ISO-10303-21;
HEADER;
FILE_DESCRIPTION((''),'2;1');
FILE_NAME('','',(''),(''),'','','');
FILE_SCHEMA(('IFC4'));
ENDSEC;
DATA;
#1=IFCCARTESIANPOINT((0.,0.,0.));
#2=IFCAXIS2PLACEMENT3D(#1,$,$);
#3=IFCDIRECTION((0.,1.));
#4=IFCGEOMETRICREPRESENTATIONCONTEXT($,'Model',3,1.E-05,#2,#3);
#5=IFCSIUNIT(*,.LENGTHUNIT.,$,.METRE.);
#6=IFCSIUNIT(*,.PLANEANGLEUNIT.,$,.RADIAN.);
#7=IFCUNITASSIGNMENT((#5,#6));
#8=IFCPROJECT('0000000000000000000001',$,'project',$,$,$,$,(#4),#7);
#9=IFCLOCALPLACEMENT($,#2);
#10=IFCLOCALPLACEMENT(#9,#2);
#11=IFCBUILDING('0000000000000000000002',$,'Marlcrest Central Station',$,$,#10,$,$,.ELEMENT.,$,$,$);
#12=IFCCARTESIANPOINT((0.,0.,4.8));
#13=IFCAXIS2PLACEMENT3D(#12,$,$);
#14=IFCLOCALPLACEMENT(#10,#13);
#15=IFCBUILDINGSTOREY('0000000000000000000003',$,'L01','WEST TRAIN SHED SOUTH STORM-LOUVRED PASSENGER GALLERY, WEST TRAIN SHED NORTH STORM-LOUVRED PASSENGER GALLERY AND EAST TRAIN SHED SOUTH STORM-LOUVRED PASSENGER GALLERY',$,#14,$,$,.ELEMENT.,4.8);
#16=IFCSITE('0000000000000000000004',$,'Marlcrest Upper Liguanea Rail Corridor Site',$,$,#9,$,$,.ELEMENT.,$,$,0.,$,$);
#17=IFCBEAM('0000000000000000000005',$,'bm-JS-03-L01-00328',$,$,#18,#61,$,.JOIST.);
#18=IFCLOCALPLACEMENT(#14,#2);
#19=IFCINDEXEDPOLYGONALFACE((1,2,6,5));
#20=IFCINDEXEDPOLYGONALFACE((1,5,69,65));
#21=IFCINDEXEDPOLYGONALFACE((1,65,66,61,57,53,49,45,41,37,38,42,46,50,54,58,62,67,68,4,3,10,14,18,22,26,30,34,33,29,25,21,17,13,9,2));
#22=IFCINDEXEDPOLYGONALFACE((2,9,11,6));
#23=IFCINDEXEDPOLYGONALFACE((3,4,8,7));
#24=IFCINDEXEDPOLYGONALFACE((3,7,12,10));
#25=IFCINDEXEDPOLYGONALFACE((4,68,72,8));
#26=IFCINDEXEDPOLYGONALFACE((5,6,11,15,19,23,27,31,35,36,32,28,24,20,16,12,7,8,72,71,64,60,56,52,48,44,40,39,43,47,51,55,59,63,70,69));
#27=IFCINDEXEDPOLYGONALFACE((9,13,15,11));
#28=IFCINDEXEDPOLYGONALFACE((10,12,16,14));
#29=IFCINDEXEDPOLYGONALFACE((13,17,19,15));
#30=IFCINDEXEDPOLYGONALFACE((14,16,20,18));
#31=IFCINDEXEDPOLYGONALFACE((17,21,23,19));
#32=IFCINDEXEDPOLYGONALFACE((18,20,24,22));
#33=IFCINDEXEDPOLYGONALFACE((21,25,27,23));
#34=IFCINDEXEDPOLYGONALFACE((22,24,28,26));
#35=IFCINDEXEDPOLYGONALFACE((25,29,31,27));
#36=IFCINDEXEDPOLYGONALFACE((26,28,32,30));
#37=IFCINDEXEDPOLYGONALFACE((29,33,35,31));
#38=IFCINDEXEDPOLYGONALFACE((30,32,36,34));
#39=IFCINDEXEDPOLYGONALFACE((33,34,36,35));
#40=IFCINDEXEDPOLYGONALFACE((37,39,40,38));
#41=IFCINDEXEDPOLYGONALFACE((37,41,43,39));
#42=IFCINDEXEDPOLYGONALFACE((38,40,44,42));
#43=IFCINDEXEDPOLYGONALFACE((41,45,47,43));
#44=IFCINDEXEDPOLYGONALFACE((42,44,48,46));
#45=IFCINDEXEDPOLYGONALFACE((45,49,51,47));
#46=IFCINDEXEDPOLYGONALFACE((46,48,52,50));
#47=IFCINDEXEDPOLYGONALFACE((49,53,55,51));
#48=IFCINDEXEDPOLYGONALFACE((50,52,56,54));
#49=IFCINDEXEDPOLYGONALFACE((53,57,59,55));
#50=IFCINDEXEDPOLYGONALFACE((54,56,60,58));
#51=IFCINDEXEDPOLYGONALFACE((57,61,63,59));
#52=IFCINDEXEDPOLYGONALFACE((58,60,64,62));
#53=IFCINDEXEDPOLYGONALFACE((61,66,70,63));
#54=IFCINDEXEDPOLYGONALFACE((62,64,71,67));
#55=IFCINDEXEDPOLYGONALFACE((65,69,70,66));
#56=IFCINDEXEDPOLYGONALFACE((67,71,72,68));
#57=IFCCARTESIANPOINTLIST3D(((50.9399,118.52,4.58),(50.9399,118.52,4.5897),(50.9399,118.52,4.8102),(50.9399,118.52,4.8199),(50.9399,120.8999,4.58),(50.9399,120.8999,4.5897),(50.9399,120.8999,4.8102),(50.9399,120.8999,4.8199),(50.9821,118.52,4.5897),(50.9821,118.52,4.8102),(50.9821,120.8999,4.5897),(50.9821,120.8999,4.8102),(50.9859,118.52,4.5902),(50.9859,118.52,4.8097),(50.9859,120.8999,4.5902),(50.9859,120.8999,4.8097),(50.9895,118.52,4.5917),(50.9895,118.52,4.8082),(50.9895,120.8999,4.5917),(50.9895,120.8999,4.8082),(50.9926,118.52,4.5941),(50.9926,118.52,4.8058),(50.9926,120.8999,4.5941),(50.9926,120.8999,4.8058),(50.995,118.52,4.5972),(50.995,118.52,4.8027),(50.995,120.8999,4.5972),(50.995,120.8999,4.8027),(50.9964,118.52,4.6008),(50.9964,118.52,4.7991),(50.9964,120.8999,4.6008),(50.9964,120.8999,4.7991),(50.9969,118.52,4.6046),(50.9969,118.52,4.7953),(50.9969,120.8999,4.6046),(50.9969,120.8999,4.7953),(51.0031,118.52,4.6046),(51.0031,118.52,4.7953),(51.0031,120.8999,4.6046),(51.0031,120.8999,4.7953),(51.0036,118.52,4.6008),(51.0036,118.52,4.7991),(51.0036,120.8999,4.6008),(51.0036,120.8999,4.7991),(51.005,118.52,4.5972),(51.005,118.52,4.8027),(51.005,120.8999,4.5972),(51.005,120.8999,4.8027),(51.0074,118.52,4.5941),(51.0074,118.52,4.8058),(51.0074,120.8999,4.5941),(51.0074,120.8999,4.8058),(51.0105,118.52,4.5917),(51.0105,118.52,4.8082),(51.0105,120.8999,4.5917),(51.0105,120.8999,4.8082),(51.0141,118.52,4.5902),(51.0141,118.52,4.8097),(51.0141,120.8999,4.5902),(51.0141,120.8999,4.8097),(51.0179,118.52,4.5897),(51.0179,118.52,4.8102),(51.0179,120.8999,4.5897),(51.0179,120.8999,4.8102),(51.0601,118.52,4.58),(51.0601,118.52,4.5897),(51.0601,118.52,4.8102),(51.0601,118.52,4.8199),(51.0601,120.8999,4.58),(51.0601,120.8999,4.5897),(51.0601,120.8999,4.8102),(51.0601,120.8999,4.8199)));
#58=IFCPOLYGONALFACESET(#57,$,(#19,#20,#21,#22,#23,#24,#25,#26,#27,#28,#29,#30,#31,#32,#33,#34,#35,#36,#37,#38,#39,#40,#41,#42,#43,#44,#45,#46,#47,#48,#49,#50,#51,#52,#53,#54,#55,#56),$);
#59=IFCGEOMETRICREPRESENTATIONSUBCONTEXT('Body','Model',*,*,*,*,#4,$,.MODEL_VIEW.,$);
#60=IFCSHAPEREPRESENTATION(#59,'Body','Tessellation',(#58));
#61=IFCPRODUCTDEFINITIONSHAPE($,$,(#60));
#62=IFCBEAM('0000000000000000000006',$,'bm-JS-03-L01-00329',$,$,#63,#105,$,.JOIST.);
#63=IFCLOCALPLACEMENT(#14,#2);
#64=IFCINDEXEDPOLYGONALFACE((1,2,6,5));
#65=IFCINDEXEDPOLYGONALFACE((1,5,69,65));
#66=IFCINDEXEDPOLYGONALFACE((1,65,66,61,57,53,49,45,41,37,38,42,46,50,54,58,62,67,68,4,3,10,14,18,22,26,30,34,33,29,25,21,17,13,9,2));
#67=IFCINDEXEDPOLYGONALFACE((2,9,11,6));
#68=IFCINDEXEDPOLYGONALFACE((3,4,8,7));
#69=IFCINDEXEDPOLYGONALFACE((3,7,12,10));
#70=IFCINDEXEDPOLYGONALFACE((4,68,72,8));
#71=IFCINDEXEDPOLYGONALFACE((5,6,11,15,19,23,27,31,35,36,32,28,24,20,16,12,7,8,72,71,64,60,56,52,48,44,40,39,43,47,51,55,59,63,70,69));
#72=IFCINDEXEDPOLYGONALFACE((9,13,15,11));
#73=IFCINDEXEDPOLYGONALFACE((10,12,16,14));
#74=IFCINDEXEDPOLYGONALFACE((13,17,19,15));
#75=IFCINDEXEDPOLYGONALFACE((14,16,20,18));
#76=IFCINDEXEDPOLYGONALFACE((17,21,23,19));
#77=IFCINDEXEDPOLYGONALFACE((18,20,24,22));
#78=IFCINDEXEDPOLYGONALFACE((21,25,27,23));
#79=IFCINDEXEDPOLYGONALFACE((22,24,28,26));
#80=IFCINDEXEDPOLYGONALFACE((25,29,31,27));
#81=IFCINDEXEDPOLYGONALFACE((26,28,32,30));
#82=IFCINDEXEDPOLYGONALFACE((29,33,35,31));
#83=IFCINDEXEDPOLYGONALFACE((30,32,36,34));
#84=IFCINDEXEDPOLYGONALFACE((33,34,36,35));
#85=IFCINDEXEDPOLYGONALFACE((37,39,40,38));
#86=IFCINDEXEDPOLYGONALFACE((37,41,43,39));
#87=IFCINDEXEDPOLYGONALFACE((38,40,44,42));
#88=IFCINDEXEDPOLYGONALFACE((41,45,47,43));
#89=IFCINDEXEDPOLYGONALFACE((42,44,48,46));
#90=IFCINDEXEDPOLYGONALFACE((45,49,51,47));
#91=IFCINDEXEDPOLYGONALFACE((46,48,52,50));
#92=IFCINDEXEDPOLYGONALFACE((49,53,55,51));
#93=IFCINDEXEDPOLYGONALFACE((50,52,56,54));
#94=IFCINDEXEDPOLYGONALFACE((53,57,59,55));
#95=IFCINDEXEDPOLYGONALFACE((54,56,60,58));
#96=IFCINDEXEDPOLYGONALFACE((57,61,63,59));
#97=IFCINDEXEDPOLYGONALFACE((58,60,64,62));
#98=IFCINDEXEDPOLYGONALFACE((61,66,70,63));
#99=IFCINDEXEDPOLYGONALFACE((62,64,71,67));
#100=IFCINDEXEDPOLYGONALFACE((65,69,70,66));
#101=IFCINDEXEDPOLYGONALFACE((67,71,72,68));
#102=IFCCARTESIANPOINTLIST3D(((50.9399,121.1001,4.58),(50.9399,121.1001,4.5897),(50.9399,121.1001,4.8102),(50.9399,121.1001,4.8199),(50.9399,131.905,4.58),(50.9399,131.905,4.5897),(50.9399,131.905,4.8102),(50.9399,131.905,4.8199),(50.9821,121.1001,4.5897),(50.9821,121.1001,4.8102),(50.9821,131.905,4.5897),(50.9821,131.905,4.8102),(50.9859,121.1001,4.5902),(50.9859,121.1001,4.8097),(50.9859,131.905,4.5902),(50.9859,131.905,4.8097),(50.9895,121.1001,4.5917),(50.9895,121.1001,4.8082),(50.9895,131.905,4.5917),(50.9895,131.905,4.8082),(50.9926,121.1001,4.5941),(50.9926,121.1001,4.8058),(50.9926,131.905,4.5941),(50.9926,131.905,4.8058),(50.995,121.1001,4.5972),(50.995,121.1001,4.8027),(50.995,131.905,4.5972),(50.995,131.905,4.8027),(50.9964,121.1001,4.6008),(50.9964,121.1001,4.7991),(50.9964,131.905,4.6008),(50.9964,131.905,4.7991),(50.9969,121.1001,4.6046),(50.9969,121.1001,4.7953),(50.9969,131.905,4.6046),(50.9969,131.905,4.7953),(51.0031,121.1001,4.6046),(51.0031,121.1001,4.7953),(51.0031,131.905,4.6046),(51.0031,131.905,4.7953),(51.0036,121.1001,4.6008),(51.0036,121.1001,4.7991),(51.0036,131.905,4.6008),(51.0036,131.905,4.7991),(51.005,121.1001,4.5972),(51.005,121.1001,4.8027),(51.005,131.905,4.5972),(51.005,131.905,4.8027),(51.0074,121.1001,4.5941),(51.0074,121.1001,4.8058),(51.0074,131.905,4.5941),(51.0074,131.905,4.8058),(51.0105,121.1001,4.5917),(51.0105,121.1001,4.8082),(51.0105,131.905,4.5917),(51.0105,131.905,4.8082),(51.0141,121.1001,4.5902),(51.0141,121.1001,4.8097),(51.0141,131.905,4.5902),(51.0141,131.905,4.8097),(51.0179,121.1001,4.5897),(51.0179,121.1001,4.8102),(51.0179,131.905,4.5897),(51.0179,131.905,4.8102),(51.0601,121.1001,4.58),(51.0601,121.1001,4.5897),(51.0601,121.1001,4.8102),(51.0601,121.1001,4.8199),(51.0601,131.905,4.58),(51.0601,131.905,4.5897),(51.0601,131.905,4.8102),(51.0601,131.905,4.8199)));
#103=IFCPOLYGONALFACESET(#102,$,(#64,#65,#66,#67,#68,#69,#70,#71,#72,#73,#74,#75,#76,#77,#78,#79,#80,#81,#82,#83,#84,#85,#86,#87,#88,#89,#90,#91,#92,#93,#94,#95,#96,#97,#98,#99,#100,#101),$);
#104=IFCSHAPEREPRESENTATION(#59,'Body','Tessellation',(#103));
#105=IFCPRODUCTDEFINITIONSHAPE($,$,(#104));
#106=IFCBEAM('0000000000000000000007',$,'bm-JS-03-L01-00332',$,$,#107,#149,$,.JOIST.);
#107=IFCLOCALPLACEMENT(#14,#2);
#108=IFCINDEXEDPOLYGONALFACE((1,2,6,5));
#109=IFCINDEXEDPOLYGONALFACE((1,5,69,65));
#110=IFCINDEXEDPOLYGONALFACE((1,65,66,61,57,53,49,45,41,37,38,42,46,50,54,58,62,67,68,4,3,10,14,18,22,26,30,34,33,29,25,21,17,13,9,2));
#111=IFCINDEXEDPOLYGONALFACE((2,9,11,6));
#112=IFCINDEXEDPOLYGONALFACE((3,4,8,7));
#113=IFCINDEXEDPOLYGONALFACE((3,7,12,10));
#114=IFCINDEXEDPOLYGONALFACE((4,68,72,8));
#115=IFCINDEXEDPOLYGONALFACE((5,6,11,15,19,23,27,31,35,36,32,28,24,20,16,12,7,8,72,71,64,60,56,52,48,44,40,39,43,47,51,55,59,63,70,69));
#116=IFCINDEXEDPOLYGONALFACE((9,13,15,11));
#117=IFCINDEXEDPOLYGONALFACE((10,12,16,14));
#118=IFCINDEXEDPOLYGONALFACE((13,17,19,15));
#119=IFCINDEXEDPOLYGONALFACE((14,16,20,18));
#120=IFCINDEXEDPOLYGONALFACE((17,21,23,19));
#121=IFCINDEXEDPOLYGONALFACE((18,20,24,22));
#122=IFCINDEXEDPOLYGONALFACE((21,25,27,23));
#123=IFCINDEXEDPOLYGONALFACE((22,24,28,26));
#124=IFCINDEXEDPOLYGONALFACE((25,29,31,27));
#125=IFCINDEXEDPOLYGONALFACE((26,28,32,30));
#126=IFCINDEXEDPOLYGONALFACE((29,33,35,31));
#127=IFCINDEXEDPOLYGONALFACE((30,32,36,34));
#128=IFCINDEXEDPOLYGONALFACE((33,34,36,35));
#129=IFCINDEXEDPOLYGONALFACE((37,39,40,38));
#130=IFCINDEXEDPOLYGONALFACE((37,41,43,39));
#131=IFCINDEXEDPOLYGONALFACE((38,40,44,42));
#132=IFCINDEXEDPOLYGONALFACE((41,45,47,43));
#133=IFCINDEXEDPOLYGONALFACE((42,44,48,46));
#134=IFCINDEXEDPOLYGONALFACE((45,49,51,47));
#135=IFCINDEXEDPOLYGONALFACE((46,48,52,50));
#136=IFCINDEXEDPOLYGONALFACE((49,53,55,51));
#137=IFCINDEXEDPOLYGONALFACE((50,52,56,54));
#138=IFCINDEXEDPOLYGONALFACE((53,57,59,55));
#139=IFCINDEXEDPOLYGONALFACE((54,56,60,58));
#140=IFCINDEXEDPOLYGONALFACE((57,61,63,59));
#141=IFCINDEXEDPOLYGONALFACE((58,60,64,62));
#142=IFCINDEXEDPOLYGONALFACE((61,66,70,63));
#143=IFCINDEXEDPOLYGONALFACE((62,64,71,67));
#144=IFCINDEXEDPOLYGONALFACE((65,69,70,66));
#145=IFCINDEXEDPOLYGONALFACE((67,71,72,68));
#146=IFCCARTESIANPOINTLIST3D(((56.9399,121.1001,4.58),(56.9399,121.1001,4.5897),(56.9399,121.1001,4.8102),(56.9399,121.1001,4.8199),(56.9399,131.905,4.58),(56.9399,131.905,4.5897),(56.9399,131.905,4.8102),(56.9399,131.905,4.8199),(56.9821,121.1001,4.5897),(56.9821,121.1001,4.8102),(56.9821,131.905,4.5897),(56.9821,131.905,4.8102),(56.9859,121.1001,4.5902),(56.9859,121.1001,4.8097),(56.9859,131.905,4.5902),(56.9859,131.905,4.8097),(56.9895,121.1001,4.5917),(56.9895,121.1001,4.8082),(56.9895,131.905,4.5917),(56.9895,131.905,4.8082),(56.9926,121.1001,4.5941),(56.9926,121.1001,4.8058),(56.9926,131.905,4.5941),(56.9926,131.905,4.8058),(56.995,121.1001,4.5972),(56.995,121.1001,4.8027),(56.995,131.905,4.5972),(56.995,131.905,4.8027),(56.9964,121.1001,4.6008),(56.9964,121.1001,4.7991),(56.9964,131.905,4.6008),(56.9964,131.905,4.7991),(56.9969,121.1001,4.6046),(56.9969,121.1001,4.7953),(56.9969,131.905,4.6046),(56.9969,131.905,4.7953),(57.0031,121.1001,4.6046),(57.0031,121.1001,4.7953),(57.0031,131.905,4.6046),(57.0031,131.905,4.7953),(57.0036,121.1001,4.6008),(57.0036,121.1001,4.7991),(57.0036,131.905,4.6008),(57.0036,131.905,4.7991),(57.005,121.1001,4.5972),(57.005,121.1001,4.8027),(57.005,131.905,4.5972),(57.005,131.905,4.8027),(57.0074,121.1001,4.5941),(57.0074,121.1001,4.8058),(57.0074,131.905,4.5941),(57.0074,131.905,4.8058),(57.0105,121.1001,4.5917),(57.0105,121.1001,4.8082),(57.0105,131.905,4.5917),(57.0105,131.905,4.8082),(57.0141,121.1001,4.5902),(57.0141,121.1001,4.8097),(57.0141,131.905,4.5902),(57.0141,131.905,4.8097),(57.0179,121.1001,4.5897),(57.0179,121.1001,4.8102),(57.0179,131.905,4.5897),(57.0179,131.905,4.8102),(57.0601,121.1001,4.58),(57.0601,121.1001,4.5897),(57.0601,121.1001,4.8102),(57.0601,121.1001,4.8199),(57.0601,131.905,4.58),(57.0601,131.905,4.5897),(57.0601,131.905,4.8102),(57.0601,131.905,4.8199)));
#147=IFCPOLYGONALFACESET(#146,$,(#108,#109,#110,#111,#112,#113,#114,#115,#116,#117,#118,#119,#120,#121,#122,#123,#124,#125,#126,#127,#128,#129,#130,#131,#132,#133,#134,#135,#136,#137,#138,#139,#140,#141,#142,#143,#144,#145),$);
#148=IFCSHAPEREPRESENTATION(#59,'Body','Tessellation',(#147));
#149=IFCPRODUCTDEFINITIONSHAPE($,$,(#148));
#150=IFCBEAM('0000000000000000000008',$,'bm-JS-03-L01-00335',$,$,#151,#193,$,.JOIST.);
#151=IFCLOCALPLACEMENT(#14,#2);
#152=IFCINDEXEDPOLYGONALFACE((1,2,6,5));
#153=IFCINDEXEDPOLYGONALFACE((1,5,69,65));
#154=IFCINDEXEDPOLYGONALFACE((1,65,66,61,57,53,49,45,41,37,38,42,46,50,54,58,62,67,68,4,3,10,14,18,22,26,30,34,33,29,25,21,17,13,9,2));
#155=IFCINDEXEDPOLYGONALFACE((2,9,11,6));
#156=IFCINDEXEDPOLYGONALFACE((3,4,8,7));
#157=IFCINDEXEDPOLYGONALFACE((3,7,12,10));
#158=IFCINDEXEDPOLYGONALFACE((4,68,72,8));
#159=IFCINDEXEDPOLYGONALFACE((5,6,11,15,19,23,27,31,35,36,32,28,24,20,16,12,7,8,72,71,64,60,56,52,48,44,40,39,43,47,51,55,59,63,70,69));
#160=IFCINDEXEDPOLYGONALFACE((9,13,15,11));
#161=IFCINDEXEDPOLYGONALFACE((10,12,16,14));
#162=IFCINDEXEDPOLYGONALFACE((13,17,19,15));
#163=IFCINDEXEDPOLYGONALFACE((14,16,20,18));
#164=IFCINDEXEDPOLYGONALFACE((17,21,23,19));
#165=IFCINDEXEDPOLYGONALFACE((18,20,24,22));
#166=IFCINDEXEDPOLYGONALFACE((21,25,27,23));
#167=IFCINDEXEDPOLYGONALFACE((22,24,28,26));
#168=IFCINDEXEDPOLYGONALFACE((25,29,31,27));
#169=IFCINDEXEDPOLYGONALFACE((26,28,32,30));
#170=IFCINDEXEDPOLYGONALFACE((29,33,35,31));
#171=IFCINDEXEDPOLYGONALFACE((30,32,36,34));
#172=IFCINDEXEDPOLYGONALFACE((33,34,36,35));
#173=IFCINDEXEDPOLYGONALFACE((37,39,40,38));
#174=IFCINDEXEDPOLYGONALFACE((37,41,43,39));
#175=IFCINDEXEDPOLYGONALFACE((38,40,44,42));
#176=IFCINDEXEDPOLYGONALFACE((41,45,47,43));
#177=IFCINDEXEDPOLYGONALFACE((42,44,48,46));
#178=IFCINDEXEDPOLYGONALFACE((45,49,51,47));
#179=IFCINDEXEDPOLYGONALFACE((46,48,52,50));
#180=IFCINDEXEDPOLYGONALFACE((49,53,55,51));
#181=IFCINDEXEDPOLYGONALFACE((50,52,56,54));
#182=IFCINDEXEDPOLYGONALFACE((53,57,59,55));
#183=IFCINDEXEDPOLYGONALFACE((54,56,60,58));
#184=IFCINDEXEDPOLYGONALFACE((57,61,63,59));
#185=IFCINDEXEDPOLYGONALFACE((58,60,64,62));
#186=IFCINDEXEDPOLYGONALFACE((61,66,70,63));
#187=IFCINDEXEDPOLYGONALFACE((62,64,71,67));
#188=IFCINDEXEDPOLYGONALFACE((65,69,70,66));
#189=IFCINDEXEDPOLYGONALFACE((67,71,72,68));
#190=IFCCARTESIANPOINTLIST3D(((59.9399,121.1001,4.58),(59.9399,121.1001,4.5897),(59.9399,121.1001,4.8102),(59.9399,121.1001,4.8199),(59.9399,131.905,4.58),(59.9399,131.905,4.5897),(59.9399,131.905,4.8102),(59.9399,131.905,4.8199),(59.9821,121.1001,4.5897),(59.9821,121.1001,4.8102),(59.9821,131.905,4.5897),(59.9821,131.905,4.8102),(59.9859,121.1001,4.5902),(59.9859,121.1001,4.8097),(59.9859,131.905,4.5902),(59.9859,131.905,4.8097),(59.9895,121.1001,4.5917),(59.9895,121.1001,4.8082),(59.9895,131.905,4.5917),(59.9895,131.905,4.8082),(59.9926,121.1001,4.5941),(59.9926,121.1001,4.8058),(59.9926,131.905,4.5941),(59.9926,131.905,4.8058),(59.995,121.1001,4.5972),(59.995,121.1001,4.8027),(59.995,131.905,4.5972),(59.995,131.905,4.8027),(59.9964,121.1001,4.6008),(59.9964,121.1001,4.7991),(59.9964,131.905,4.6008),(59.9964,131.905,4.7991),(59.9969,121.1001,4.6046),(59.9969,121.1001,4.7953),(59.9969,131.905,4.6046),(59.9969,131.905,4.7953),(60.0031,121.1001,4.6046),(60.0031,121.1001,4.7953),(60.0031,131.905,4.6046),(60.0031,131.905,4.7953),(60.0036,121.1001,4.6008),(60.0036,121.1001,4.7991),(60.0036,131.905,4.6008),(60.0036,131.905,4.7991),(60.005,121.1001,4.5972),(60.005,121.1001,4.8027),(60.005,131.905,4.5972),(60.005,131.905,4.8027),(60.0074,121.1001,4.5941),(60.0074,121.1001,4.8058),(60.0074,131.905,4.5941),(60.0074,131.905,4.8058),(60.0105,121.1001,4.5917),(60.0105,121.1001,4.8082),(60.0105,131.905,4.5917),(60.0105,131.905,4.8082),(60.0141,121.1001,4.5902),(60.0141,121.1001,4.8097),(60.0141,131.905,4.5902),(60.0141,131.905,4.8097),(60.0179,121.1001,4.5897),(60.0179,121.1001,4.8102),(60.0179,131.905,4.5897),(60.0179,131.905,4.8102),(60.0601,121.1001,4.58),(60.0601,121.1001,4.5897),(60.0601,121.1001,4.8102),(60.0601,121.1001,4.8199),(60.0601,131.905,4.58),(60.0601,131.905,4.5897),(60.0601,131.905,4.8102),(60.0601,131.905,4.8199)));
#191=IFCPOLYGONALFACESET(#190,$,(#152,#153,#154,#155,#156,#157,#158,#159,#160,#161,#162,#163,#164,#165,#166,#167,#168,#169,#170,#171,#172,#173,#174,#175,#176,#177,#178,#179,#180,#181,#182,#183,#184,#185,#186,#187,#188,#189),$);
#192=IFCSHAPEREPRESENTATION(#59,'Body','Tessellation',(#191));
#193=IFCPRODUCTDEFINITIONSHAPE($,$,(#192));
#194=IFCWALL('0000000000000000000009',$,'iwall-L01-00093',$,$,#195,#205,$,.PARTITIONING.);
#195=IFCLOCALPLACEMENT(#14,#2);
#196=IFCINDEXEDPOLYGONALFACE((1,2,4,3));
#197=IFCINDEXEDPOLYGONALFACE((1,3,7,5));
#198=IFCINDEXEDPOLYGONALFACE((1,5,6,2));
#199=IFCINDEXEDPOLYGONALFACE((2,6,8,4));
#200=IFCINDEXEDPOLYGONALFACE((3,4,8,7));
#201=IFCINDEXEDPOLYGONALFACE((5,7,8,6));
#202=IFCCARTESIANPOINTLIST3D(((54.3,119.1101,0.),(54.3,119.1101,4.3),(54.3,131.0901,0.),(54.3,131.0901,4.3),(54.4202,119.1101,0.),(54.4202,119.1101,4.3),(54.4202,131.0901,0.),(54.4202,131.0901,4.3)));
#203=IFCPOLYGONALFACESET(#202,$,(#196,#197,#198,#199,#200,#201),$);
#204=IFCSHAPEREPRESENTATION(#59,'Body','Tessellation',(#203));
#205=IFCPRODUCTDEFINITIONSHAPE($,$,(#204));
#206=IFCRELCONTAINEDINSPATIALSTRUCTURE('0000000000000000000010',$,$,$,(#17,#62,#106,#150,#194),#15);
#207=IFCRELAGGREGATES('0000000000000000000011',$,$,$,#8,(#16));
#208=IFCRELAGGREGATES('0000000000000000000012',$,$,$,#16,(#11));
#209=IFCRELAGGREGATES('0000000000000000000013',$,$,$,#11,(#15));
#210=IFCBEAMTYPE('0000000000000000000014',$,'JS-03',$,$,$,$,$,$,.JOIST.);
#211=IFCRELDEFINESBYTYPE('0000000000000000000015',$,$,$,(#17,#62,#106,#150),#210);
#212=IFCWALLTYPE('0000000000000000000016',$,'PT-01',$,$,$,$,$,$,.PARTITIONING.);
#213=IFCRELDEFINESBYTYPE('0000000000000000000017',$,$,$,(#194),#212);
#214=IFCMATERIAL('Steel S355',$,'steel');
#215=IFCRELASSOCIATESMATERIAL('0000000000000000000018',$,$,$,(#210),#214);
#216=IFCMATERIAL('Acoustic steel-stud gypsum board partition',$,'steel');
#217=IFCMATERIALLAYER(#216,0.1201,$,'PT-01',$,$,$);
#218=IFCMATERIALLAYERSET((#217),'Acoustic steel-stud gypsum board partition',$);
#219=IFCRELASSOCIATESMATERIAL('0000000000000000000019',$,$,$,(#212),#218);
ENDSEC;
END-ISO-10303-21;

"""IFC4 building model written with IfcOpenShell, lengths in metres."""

from ifc_helpers import new_model, si_unit, direction, frame, frame_2d, origin, origin_2d, place, context, subcontext, project, spatial, rectangle, i_section, extrude, material, layer, layer_set, material_profile, profile_set, type_object, element, save


model = new_model("IFC4")

# Units and contexts
model_context = context("Model", 3, precision=1e-05, world=origin(), true_north=direction((0.0, 1.0)))
body_context = subcontext(model_context, "Body", "Model", "MODEL_VIEW")
ifc_project = project(units=[si_unit("LENGTHUNIT", "METRE"), si_unit("PLANEANGLEUNIT", "RADIAN")], contexts=[model_context])

# Site, building, storey
site_placement = place(None, origin())
site = spatial("IfcSite", under=ifc_project, at=site_placement, Name="Marlcrest Upper Liguanea Rail Corridor Site", CompositionType="ELEMENT", RefElevation=0.0)
building_placement = place(site_placement, origin())
building = spatial("IfcBuilding", under=site, at=building_placement, Name="Marlcrest Central Station", CompositionType="ELEMENT")
storey_placement = place(building_placement, frame((0.0, 0.0, 4.8)))
storey = spatial("IfcBuildingStorey", under=building, at=storey_placement, Name="L01", Description="WEST TRAIN SHED SOUTH STORM-LOUVRED PASSENGER GALLERY, WEST TRAIN SHED NORTH STORM-LOUVRED PASSENGER GALLERY AND EAST TRAIN SHED SOUTH STORM-LOUVRED PASSENGER GALLERY", CompositionType="ELEMENT", Elevation=4.8)

# Shared definitions
ifc_material_1 = material(Name="Steel S355", Category="steel")

# Beams
ifc_material_profile_1 = material_profile(ifc_material_1, i_section(OverallWidth=0.1201, OverallDepth=0.24, WebThickness=0.0061, FlangeThickness=0.0098, FilletRadius=0.0149, at=origin_2d()), Name="IPE 240")
ifc_profile_set_1 = profile_set([ifc_material_profile_1], Name="Steel S355")
beam_type_1 = type_object("IfcBeamType", Name="JS-03", PredefinedType="JOIST", material=ifc_profile_set_1)
beam_1_placement = place(storey_placement, frame((51.0, 118.52, 4.7), z_axis=(0.0, 1.0, 0.0), x_axis=(-1.0, 0.0, 0.0)))
element("IfcBeam", 1, at=beam_1_placement, inside=storey, type_object=beam_type_1, Name="bm-JS-03-L01-00328", PredefinedType="JOIST", context=body_context, shape_type="SweptSolid", body=[
    extrude(i_section(OverallWidth=0.1201, OverallDepth=0.24, WebThickness=0.0061, FlangeThickness=0.0098, FilletRadius=0.0149, at=origin_2d()), origin(), (0.0, 0.0, 1.0), 2.3799),
])
for number, where, z_axis, x_axis, name in (
    (2, (51.0, 121.1001, 4.7), (0.0, 1.0, 0.0), (-1.0, 0.0, 0.0), "bm-JS-03-L01-00329"),
    (3, (57.0, 121.1001, 4.7), (0.0, 1.0, 0.0), (-1.0, 0.0, 0.0), "bm-JS-03-L01-00332"),
    (4, (60.0, 121.1001, 4.7), (0.0, 1.0, 0.0), (-1.0, 0.0, 0.0), "bm-JS-03-L01-00335"),
):
    element("IfcBeam", number, at=place(storey_placement, frame(where, z_axis=z_axis, x_axis=x_axis)), inside=storey, type_object=beam_type_1, Name=name, PredefinedType="JOIST", context=body_context, shape_type="SweptSolid", body=[
        extrude(i_section(OverallWidth=0.1201, OverallDepth=0.24, WebThickness=0.0061, FlangeThickness=0.0098, FilletRadius=0.0149, at=origin_2d()), origin(), (0.0, 0.0, 1.0), 10.8049),
    ])

# Wall
ifc_material_2 = material(Name="Acoustic steel-stud gypsum board partition", Category="steel")
ifc_layer_1 = layer(ifc_material_2, 0.1201, Name="PT-01")
ifc_layer_set_1 = layer_set([ifc_layer_1], Name="Acoustic steel-stud gypsum board partition")
wall_type_1 = type_object("IfcWallType", Name="PT-01", PredefinedType="PARTITIONING", material=ifc_layer_set_1)
wall_1_placement = place(storey_placement, frame((54.3601, 119.1101, 0.0), z_axis=(0.0, 0.0, 1.0), x_axis=(0.0, 1.0, 0.0)))
element("IfcWall", 5, at=wall_1_placement, inside=storey, type_object=wall_type_1, Name="iwall-L01-00093", PredefinedType="PARTITIONING", context=body_context, shape_type="SweptSolid", body=[
    extrude(rectangle(XDim=11.98, YDim=0.1201, at=frame_2d((5.99, 0.0))), origin(), (0.0, 0.0, 1.0), 4.3),
])

save(model, "model.ifc")
